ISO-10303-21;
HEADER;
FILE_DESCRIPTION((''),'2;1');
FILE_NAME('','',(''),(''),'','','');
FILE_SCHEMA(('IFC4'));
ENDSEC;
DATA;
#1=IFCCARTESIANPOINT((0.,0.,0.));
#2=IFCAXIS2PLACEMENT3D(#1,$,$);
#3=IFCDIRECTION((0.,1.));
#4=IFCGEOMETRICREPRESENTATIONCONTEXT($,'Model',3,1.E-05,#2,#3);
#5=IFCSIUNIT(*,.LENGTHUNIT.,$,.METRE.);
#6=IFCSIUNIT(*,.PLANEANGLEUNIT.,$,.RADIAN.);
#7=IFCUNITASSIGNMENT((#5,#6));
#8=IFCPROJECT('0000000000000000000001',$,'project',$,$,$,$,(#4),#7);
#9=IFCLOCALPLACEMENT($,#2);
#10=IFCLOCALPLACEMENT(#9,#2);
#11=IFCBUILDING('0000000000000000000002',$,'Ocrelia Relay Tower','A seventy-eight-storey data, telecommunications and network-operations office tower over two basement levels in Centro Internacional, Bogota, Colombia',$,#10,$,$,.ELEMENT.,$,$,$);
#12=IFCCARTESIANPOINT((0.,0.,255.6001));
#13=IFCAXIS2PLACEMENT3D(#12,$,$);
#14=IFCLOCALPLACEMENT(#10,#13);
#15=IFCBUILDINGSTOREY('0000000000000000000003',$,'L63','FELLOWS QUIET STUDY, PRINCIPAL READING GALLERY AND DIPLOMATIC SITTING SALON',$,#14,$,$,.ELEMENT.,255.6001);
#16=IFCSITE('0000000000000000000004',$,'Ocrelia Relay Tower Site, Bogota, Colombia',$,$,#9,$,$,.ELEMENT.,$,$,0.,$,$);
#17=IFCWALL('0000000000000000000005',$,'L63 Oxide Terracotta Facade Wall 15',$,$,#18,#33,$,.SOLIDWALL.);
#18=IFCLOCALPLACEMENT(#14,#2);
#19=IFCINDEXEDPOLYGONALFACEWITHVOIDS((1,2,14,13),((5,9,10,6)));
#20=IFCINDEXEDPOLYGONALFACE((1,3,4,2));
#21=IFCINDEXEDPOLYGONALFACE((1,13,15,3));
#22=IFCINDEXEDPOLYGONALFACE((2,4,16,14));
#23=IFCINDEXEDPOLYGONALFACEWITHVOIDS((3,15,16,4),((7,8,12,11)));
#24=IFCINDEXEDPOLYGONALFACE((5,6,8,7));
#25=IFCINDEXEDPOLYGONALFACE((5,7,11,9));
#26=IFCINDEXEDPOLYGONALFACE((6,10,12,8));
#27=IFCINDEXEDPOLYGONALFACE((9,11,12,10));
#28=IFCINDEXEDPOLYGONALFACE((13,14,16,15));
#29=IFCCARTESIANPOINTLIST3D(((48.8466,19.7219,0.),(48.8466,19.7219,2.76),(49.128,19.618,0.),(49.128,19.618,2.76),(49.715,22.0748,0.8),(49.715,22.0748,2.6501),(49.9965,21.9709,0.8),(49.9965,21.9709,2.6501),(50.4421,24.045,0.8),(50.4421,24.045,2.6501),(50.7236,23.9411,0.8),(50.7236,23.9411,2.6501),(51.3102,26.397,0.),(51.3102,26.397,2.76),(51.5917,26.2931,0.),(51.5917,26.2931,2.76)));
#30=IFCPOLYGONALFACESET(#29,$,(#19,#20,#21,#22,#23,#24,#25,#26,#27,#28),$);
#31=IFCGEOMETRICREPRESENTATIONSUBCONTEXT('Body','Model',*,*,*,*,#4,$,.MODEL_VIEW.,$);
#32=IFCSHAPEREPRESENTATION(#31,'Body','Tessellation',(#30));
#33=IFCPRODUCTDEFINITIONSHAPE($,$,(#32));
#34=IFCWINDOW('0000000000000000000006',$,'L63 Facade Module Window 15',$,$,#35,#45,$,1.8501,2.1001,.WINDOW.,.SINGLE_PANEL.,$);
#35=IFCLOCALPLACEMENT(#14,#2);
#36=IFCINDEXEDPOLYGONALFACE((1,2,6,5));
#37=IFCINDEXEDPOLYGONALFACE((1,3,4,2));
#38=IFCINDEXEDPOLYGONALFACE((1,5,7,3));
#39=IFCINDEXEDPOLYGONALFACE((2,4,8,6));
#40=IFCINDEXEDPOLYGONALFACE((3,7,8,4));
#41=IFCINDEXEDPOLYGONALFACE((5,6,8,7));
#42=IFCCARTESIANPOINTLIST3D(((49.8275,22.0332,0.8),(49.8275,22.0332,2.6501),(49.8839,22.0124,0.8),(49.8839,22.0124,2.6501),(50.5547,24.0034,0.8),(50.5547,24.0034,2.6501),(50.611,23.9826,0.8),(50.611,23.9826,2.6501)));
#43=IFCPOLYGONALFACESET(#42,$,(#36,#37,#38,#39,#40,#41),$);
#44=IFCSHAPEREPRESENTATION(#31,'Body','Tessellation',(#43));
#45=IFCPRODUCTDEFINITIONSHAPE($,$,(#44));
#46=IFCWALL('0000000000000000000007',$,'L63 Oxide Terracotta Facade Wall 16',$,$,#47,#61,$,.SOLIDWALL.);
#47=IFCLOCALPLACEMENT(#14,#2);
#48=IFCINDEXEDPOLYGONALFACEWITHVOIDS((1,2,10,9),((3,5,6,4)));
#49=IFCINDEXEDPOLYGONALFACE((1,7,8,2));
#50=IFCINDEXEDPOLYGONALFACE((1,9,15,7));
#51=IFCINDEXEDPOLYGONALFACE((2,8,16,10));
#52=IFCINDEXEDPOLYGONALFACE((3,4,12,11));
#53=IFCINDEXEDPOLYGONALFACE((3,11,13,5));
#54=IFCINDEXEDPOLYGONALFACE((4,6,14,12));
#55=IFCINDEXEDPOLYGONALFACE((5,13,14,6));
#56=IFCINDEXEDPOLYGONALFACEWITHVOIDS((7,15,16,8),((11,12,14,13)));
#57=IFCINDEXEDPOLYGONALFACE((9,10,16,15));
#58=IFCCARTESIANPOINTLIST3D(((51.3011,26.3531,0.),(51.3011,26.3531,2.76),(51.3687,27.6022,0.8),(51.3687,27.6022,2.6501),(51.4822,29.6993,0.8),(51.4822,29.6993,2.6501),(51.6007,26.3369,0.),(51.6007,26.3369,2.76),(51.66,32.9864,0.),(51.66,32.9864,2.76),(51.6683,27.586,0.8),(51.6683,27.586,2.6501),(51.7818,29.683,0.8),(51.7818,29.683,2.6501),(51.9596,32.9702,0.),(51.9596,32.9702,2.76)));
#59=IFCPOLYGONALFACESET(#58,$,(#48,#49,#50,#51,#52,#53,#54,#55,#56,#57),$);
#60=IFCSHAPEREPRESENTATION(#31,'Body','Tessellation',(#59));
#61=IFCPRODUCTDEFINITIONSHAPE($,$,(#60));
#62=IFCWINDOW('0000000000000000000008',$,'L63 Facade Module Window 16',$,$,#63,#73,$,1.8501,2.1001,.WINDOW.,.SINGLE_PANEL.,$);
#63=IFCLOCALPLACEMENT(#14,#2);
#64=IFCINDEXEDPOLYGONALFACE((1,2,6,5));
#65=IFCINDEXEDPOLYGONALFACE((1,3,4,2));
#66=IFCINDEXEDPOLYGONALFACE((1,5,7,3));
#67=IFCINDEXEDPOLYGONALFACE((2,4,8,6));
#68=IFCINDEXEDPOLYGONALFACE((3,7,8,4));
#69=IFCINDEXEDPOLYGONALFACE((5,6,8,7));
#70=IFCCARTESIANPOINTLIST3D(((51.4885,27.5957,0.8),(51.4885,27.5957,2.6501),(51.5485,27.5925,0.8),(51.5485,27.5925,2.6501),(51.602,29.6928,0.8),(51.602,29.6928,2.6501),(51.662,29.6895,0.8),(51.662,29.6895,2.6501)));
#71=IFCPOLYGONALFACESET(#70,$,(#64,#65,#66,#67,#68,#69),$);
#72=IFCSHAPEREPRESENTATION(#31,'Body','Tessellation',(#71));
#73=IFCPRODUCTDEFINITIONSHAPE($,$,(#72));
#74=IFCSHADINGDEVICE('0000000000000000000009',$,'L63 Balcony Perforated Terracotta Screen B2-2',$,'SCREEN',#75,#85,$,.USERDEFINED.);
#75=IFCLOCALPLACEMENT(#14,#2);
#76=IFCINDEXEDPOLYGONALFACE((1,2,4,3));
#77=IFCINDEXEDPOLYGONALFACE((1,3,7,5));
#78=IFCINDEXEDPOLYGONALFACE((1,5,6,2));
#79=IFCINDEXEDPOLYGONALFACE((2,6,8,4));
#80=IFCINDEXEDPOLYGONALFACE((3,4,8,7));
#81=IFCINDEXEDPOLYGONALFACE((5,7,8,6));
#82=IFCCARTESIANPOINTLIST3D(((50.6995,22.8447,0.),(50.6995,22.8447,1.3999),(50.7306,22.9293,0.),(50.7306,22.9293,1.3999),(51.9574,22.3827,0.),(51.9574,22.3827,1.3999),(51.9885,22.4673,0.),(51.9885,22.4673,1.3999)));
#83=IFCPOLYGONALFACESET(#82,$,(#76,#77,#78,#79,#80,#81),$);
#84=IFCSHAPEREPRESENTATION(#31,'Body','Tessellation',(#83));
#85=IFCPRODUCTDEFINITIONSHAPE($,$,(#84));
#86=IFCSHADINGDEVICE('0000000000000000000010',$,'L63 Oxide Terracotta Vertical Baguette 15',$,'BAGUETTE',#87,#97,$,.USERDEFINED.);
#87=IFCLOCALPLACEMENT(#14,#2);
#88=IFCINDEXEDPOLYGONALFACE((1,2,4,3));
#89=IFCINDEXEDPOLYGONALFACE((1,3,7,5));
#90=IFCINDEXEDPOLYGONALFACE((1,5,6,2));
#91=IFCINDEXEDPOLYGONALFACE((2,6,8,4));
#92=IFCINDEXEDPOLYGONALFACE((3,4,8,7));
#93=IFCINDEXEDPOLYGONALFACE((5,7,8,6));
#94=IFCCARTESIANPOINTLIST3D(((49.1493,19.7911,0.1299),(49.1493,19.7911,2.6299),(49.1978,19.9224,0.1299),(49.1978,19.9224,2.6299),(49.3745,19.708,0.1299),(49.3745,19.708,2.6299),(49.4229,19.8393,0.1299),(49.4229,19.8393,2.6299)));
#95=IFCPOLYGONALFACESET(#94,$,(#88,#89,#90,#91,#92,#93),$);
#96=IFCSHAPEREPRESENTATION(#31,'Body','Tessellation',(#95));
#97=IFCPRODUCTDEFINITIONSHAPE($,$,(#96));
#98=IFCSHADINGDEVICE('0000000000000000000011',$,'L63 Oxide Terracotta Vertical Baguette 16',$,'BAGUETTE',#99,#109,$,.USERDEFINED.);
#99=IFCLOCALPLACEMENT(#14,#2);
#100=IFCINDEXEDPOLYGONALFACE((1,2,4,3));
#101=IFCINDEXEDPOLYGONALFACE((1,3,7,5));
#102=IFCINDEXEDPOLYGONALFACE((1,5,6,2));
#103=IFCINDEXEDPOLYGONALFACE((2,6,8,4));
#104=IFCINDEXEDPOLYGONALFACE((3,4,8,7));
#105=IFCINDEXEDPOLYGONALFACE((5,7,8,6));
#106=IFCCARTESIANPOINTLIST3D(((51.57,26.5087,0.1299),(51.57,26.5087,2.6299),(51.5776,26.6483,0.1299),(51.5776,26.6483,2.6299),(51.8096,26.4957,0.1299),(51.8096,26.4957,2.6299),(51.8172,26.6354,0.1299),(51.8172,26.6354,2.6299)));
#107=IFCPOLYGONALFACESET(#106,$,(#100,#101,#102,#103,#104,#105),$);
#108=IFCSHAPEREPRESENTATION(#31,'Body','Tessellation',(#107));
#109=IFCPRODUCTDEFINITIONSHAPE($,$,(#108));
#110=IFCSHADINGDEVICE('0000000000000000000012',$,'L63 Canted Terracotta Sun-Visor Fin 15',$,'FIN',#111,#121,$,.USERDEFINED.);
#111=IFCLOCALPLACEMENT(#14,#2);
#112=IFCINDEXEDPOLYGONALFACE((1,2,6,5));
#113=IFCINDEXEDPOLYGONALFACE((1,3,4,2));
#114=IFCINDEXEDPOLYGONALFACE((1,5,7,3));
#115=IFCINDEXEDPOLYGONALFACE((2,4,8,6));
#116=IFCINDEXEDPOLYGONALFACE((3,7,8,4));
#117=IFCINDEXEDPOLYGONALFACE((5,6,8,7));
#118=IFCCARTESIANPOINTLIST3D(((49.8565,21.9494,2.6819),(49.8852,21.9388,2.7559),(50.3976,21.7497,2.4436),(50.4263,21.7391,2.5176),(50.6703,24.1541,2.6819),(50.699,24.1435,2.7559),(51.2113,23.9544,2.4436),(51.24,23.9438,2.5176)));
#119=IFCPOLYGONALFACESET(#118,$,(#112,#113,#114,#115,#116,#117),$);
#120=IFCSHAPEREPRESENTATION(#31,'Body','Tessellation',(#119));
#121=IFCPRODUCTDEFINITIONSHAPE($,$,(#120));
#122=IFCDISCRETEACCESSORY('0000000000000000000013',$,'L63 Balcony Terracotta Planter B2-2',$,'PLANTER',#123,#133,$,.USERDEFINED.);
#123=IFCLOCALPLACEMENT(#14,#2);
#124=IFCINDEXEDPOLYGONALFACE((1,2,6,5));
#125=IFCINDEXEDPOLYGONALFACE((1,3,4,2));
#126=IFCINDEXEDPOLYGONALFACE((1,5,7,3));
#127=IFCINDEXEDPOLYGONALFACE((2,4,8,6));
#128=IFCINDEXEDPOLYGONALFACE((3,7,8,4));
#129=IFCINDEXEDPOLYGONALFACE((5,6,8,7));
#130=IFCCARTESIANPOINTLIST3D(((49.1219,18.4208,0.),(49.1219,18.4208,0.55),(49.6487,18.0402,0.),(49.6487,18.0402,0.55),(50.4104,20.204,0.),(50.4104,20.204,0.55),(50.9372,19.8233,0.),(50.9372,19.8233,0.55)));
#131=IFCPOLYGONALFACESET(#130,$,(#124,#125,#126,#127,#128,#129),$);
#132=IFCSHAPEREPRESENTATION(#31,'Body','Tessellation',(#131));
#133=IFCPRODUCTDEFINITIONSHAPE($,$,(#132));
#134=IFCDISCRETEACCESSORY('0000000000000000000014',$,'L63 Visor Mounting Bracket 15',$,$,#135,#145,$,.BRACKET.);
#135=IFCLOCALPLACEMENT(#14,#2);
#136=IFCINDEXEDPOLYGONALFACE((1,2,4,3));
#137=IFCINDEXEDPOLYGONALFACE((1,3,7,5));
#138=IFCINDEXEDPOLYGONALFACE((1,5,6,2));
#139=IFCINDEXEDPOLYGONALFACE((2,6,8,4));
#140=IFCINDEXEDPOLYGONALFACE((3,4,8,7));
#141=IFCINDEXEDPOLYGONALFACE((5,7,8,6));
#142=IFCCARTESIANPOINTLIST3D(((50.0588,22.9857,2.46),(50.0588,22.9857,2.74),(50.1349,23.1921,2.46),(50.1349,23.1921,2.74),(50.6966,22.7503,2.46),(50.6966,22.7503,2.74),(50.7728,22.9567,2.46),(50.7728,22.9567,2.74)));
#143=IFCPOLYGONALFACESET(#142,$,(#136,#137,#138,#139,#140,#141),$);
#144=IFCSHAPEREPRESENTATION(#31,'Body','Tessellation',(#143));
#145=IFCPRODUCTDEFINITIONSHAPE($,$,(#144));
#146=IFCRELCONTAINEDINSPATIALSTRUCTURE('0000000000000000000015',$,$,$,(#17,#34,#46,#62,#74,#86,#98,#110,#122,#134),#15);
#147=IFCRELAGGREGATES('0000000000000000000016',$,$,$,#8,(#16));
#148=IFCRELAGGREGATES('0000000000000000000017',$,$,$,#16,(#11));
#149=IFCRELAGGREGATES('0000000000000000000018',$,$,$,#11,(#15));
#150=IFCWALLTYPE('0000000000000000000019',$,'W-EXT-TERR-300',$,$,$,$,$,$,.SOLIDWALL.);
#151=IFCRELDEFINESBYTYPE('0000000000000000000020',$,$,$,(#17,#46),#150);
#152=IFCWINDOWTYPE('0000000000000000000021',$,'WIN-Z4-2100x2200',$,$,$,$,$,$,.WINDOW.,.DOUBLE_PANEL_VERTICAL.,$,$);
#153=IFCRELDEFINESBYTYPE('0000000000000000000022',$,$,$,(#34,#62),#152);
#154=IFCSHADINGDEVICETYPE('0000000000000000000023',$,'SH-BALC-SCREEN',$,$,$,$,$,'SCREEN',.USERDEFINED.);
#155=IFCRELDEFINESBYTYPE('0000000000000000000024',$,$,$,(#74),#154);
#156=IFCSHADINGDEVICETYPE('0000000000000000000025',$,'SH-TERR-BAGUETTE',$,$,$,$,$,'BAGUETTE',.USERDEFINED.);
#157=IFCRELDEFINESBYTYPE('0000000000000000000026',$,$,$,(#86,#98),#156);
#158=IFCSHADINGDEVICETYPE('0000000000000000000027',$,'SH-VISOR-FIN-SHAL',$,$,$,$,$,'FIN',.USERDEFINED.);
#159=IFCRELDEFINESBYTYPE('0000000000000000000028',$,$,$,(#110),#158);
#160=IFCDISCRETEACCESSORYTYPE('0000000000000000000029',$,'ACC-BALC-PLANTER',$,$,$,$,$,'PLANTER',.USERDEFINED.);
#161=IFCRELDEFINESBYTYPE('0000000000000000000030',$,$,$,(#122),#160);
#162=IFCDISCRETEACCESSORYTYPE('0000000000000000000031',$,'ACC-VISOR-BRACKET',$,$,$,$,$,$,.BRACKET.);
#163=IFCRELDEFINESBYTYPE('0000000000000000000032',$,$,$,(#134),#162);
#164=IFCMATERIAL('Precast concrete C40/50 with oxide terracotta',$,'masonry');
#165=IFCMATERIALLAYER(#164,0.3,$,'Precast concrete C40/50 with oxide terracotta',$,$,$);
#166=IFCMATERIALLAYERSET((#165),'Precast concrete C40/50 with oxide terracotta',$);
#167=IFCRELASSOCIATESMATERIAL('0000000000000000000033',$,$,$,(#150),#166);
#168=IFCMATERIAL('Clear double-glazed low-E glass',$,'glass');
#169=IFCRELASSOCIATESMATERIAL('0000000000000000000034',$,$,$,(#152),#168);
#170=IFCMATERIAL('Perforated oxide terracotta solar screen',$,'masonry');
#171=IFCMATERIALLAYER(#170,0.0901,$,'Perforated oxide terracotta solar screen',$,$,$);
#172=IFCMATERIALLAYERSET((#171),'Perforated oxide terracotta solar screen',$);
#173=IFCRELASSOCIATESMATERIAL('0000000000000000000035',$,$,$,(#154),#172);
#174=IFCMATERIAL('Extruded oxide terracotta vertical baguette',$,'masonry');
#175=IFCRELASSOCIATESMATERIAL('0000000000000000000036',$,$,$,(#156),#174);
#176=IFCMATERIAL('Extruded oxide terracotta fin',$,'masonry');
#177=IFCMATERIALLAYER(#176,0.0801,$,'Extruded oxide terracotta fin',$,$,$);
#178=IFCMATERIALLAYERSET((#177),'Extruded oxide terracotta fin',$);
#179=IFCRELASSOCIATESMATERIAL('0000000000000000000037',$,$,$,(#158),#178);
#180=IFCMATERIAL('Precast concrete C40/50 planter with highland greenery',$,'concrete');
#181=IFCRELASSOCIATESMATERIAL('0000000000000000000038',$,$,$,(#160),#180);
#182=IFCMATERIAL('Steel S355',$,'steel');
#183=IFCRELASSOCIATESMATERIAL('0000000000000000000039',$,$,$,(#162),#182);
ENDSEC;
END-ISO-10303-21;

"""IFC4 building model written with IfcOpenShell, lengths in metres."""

from ifc_helpers import new_model, si_unit, direction, frame, frame_2d, origin, origin_2d, place, context, subcontext, project, spatial, rectangle, extrude, material, layer, layer_set, type_object, element, fill, save


model = new_model("IFC4")

# Units and contexts
model_context = context("Model", 3, precision=1e-05, world=origin(), true_north=direction((0.0, 1.0)))
body_context = subcontext(model_context, "Body", "Model", "MODEL_VIEW")
ifc_project = project(units=[si_unit("LENGTHUNIT", "METRE"), si_unit("PLANEANGLEUNIT", "RADIAN")], contexts=[model_context])

# Site, building, storey
site_placement = place(None, origin())
site = spatial("IfcSite", under=ifc_project, at=site_placement, Name="Ocrelia Relay Tower Site, Bogota, Colombia", CompositionType="ELEMENT", RefElevation=0.0)
building_placement = place(site_placement, origin())
building = spatial("IfcBuilding", under=site, at=building_placement, Name="Ocrelia Relay Tower", Description="A seventy-eight-storey data, telecommunications and network-operations office tower over two basement levels in Centro Internacional, Bogota, Colombia", CompositionType="ELEMENT")
storey_placement = place(building_placement, frame((0.0, 0.0, 255.6001)))
storey = spatial("IfcBuildingStorey", under=building, at=storey_placement, Name="L63", Description="FELLOWS QUIET STUDY, PRINCIPAL READING GALLERY AND DIPLOMATIC SITTING SALON", CompositionType="ELEMENT", Elevation=255.6001)

# Shared definitions
ifc_material_1 = material(Name="Steel S355", Category="steel")

# Walls, openings, windows
ifc_material_2 = material(Name="Precast concrete C40/50 with oxide terracotta", Category="masonry")
ifc_layer_1 = layer(ifc_material_2, 0.3, Name="Precast concrete C40/50 with oxide terracotta")
ifc_layer_set_1 = layer_set([ifc_layer_1], Name="Precast concrete C40/50 with oxide terracotta")
wall_type_1 = type_object("IfcWallType", Name="W-EXT-TERR-300", PredefinedType="SOLIDWALL", material=ifc_layer_set_1)
wall_1_placement = place(storey_placement, frame((48.9873, 19.6699, 0.0), z_axis=(0.0, 0.0, 1.0), x_axis=(0.346249, 0.938143, 0.0)))
wall_1 = element("IfcWall", 1, at=wall_1_placement, inside=storey, type_object=wall_type_1, Name="L63 Oxide Terracotta Facade Wall 15", PredefinedType="SOLIDWALL", context=body_context, shape_type="SweptSolid", body=[
    extrude(rectangle(XDim=7.1152, YDim=0.3, at=frame_2d((3.5576, 0.0))), origin(), (0.0, 0.0, 1.0), 2.76),
])
opening_1_placement = place(wall_1_placement, frame((2.5081, 0.0, 0.8)))
opening_1 = element("IfcOpeningElement", 2, at=opening_1_placement, cuts=wall_1, PredefinedType="OPENING", context=body_context, shape_type="SweptSolid", body=[
    extrude(rectangle(XDim=2.1001, YDim=1.8501, at=frame_2d((1.05, 0.925))), frame((0.0, 0.1602, 0.0), z_axis=(0.0, -1.0, 0.0), x_axis=(1.0, 0.0, 0.0)), (0.0, 0.0, 1.0), 0.3201),
])
ifc_material_3 = material(Name="Clear double-glazed low-E glass", Category="glass")
window_type = type_object("IfcWindowType", Name="WIN-Z4-2100x2200", PartitioningType="DOUBLE_PANEL_VERTICAL", PredefinedType="WINDOW", material=ifc_material_3)
window_1_placement = place(opening_1_placement, origin())
window_1 = element("IfcWindow", 3, at=window_1_placement, inside=storey, type_object=window_type, Name="L63 Facade Module Window 15", OverallHeight=1.8501, OverallWidth=2.1001, PartitioningType="SINGLE_PANEL", PredefinedType="WINDOW", context=body_context, shape_type="SweptSolid", body=[
    extrude(rectangle(XDim=2.1001, YDim=1.8501, at=frame_2d((1.05, 0.925))), frame((0.0, 0.03, 0.0), z_axis=(0.0, -1.0, 0.0), x_axis=(1.0, 0.0, 0.0)), (0.0, 0.0, 1.0), 0.0601),
])
fill(opening_1, window_1)
wall_2_placement = place(storey_placement, frame((51.4509, 26.345, 0.0), z_axis=(0.0, 0.0, 1.0), x_axis=(0.054025, 0.99854, 0.0)))
wall_2 = element("IfcWall", 4, at=wall_2_placement, inside=storey, type_object=wall_type_1, Name="L63 Oxide Terracotta Facade Wall 16", PredefinedType="SOLIDWALL", context=body_context, shape_type="SweptSolid", body=[
    extrude(rectangle(XDim=6.6431, YDim=0.3, at=frame_2d((3.3215, 0.0))), origin(), (0.0, 0.0, 1.0), 2.76),
])
opening_2_placement = place(wall_2_placement, frame((1.251, 0.0, 0.8)))
opening_2 = element("IfcOpeningElement", 5, at=opening_2_placement, cuts=wall_2, PredefinedType="OPENING", context=body_context, shape_type="SweptSolid", body=[
    extrude(rectangle(XDim=2.1001, YDim=1.8501, at=frame_2d((1.05, 0.925))), frame((0.0, 0.1602, 0.0), z_axis=(0.0, -1.0, 0.0), x_axis=(1.0, 0.0, 0.0)), (0.0, 0.0, 1.0), 0.3201),
])
window_2_placement = place(opening_2_placement, origin())
window_2 = element("IfcWindow", 6, at=window_2_placement, inside=storey, type_object=window_type, Name="L63 Facade Module Window 16", OverallHeight=1.8501, OverallWidth=2.1001, PartitioningType="SINGLE_PANEL", PredefinedType="WINDOW", context=body_context, shape_type="SweptSolid", body=[
    extrude(rectangle(XDim=2.1001, YDim=1.8501, at=frame_2d((1.05, 0.925))), frame((0.0, 0.03, 0.0), z_axis=(0.0, -1.0, 0.0), x_axis=(1.0, 0.0, 0.0)), (0.0, 0.0, 1.0), 0.0601),
])
fill(opening_2, window_2)

# Shading devices
ifc_material_4 = material(Name="Perforated oxide terracotta solar screen", Category="masonry")
ifc_layer_2 = layer(ifc_material_4, 0.0901, Name="Perforated oxide terracotta solar screen")
ifc_layer_set_2 = layer_set([ifc_layer_2], Name="Perforated oxide terracotta solar screen")
shading_device_type_1 = type_object("IfcShadingDeviceType", Name="SH-BALC-SCREEN", ElementType="SCREEN", PredefinedType="USERDEFINED", material=ifc_layer_set_2)
shading_device_1_placement = place(storey_placement, frame((51.344, 22.656, 0.0), z_axis=(0.0, 0.0, 1.0), x_axis=(0.938699, -0.344737, 0.0)))
element("IfcShadingDevice", 7, at=shading_device_1_placement, inside=storey, type_object=shading_device_type_1, Name="L63 Balcony Perforated Terracotta Screen B2-2", ObjectType="SCREEN", PredefinedType="USERDEFINED", context=body_context, shape_type="SweptSolid", body=[
    extrude(rectangle(XDim=1.3401, YDim=0.0901, at=origin_2d()), origin(), (0.0, 0.0, 1.0), 1.3999),
])
ifc_material_5 = material(Name="Extruded oxide terracotta vertical baguette", Category="masonry")
shading_device_type_2 = type_object("IfcShadingDeviceType", Name="SH-TERR-BAGUETTE", ElementType="BAGUETTE", PredefinedType="USERDEFINED", material=ifc_material_5)
for number, where, z_axis, x_axis, name in (
    (8, (49.2861, 19.8152, 0.1299), (0.0, 0.0, 1.0), (0.346256, 0.93814, 0.0), "L63 Oxide Terracotta Vertical Baguette 15"),
    (9, (51.6936, 26.572, 0.1299), (0.0, 0.0, 1.0), (0.054026, 0.99854, 0.0), "L63 Oxide Terracotta Vertical Baguette 16"),
):
    element("IfcShadingDevice", number, at=place(storey_placement, frame(where, z_axis=z_axis, x_axis=x_axis)), inside=storey, type_object=shading_device_type_2, Name=name, ObjectType="BAGUETTE", PredefinedType="USERDEFINED", context=body_context, shape_type="SweptSolid", body=[
        extrude(rectangle(XDim=0.1399, YDim=0.24, at=origin_2d()), origin(), (0.0, 0.0, 1.0), 2.5),
    ])
ifc_material_6 = material(Name="Extruded oxide terracotta fin", Category="masonry")
ifc_layer_3 = layer(ifc_material_6, 0.0801, Name="Extruded oxide terracotta fin")
ifc_layer_set_3 = layer_set([ifc_layer_3], Name="Extruded oxide terracotta fin")
shading_device_type_3 = type_object("IfcShadingDeviceType", Name="SH-VISOR-FIN-SHAL", ElementType="FIN", PredefinedType="USERDEFINED", material=ifc_layer_set_3)
shading_device_2_placement = place(storey_placement, frame((50.5339, 22.9519, 2.5627), z_axis=(0.358254, -0.132227, 0.924213), x_axis=(0.346256, 0.93814, 0.0)))
element("IfcShadingDevice", 10, at=shading_device_2_placement, inside=storey, type_object=shading_device_type_3, Name="L63 Canted Terracotta Sun-Visor Fin 15", ObjectType="FIN", PredefinedType="USERDEFINED", context=body_context, shape_type="SweptSolid", body=[
    extrude(rectangle(XDim=2.3501, YDim=0.624, at=origin_2d()), origin(), (0.0, 0.0, 1.0), 0.0801),
])

# Discrete accessories
ifc_material_7 = material(Name="Precast concrete C40/50 planter with highland greenery", Category="concrete")
discrete_accessory_type_1 = type_object("IfcDiscreteAccessoryType", Name="ACC-BALC-PLANTER", ElementType="PLANTER", PredefinedType="USERDEFINED", material=ifc_material_7)
discrete_accessory_1_placement = place(storey_placement, frame((50.0295, 19.1221, 0.0), z_axis=(0.0, 0.0, 1.0), x_axis=(-0.585667, -0.810552, 0.0)))
element("IfcDiscreteAccessory", 11, at=discrete_accessory_1_placement, inside=storey, type_object=discrete_accessory_type_1, Name="L63 Balcony Terracotta Planter B2-2", ObjectType="PLANTER", PredefinedType="USERDEFINED", context=body_context, shape_type="SweptSolid", body=[
    extrude(rectangle(XDim=2.2, YDim=0.6499, at=origin_2d()), origin(), (0.0, 0.0, 1.0), 0.55),
])
discrete_accessory_type_2 = type_object("IfcDiscreteAccessoryType", Name="ACC-VISOR-BRACKET", PredefinedType="BRACKET", material=ifc_material_1)
discrete_accessory_2_placement = place(storey_placement, frame((50.4158, 22.9712, 2.46), z_axis=(0.0, 0.0, 1.0), x_axis=(0.346256, 0.93814, 0.0)))
element("IfcDiscreteAccessory", 12, at=discrete_accessory_2_placement, inside=storey, type_object=discrete_accessory_type_2, Name="L63 Visor Mounting Bracket 15", PredefinedType="BRACKET", context=body_context, shape_type="SweptSolid", body=[
    extrude(rectangle(XDim=0.22, YDim=0.6799, at=origin_2d()), origin(), (0.0, 0.0, 1.0), 0.28),
])

save(model, "model.ifc")
